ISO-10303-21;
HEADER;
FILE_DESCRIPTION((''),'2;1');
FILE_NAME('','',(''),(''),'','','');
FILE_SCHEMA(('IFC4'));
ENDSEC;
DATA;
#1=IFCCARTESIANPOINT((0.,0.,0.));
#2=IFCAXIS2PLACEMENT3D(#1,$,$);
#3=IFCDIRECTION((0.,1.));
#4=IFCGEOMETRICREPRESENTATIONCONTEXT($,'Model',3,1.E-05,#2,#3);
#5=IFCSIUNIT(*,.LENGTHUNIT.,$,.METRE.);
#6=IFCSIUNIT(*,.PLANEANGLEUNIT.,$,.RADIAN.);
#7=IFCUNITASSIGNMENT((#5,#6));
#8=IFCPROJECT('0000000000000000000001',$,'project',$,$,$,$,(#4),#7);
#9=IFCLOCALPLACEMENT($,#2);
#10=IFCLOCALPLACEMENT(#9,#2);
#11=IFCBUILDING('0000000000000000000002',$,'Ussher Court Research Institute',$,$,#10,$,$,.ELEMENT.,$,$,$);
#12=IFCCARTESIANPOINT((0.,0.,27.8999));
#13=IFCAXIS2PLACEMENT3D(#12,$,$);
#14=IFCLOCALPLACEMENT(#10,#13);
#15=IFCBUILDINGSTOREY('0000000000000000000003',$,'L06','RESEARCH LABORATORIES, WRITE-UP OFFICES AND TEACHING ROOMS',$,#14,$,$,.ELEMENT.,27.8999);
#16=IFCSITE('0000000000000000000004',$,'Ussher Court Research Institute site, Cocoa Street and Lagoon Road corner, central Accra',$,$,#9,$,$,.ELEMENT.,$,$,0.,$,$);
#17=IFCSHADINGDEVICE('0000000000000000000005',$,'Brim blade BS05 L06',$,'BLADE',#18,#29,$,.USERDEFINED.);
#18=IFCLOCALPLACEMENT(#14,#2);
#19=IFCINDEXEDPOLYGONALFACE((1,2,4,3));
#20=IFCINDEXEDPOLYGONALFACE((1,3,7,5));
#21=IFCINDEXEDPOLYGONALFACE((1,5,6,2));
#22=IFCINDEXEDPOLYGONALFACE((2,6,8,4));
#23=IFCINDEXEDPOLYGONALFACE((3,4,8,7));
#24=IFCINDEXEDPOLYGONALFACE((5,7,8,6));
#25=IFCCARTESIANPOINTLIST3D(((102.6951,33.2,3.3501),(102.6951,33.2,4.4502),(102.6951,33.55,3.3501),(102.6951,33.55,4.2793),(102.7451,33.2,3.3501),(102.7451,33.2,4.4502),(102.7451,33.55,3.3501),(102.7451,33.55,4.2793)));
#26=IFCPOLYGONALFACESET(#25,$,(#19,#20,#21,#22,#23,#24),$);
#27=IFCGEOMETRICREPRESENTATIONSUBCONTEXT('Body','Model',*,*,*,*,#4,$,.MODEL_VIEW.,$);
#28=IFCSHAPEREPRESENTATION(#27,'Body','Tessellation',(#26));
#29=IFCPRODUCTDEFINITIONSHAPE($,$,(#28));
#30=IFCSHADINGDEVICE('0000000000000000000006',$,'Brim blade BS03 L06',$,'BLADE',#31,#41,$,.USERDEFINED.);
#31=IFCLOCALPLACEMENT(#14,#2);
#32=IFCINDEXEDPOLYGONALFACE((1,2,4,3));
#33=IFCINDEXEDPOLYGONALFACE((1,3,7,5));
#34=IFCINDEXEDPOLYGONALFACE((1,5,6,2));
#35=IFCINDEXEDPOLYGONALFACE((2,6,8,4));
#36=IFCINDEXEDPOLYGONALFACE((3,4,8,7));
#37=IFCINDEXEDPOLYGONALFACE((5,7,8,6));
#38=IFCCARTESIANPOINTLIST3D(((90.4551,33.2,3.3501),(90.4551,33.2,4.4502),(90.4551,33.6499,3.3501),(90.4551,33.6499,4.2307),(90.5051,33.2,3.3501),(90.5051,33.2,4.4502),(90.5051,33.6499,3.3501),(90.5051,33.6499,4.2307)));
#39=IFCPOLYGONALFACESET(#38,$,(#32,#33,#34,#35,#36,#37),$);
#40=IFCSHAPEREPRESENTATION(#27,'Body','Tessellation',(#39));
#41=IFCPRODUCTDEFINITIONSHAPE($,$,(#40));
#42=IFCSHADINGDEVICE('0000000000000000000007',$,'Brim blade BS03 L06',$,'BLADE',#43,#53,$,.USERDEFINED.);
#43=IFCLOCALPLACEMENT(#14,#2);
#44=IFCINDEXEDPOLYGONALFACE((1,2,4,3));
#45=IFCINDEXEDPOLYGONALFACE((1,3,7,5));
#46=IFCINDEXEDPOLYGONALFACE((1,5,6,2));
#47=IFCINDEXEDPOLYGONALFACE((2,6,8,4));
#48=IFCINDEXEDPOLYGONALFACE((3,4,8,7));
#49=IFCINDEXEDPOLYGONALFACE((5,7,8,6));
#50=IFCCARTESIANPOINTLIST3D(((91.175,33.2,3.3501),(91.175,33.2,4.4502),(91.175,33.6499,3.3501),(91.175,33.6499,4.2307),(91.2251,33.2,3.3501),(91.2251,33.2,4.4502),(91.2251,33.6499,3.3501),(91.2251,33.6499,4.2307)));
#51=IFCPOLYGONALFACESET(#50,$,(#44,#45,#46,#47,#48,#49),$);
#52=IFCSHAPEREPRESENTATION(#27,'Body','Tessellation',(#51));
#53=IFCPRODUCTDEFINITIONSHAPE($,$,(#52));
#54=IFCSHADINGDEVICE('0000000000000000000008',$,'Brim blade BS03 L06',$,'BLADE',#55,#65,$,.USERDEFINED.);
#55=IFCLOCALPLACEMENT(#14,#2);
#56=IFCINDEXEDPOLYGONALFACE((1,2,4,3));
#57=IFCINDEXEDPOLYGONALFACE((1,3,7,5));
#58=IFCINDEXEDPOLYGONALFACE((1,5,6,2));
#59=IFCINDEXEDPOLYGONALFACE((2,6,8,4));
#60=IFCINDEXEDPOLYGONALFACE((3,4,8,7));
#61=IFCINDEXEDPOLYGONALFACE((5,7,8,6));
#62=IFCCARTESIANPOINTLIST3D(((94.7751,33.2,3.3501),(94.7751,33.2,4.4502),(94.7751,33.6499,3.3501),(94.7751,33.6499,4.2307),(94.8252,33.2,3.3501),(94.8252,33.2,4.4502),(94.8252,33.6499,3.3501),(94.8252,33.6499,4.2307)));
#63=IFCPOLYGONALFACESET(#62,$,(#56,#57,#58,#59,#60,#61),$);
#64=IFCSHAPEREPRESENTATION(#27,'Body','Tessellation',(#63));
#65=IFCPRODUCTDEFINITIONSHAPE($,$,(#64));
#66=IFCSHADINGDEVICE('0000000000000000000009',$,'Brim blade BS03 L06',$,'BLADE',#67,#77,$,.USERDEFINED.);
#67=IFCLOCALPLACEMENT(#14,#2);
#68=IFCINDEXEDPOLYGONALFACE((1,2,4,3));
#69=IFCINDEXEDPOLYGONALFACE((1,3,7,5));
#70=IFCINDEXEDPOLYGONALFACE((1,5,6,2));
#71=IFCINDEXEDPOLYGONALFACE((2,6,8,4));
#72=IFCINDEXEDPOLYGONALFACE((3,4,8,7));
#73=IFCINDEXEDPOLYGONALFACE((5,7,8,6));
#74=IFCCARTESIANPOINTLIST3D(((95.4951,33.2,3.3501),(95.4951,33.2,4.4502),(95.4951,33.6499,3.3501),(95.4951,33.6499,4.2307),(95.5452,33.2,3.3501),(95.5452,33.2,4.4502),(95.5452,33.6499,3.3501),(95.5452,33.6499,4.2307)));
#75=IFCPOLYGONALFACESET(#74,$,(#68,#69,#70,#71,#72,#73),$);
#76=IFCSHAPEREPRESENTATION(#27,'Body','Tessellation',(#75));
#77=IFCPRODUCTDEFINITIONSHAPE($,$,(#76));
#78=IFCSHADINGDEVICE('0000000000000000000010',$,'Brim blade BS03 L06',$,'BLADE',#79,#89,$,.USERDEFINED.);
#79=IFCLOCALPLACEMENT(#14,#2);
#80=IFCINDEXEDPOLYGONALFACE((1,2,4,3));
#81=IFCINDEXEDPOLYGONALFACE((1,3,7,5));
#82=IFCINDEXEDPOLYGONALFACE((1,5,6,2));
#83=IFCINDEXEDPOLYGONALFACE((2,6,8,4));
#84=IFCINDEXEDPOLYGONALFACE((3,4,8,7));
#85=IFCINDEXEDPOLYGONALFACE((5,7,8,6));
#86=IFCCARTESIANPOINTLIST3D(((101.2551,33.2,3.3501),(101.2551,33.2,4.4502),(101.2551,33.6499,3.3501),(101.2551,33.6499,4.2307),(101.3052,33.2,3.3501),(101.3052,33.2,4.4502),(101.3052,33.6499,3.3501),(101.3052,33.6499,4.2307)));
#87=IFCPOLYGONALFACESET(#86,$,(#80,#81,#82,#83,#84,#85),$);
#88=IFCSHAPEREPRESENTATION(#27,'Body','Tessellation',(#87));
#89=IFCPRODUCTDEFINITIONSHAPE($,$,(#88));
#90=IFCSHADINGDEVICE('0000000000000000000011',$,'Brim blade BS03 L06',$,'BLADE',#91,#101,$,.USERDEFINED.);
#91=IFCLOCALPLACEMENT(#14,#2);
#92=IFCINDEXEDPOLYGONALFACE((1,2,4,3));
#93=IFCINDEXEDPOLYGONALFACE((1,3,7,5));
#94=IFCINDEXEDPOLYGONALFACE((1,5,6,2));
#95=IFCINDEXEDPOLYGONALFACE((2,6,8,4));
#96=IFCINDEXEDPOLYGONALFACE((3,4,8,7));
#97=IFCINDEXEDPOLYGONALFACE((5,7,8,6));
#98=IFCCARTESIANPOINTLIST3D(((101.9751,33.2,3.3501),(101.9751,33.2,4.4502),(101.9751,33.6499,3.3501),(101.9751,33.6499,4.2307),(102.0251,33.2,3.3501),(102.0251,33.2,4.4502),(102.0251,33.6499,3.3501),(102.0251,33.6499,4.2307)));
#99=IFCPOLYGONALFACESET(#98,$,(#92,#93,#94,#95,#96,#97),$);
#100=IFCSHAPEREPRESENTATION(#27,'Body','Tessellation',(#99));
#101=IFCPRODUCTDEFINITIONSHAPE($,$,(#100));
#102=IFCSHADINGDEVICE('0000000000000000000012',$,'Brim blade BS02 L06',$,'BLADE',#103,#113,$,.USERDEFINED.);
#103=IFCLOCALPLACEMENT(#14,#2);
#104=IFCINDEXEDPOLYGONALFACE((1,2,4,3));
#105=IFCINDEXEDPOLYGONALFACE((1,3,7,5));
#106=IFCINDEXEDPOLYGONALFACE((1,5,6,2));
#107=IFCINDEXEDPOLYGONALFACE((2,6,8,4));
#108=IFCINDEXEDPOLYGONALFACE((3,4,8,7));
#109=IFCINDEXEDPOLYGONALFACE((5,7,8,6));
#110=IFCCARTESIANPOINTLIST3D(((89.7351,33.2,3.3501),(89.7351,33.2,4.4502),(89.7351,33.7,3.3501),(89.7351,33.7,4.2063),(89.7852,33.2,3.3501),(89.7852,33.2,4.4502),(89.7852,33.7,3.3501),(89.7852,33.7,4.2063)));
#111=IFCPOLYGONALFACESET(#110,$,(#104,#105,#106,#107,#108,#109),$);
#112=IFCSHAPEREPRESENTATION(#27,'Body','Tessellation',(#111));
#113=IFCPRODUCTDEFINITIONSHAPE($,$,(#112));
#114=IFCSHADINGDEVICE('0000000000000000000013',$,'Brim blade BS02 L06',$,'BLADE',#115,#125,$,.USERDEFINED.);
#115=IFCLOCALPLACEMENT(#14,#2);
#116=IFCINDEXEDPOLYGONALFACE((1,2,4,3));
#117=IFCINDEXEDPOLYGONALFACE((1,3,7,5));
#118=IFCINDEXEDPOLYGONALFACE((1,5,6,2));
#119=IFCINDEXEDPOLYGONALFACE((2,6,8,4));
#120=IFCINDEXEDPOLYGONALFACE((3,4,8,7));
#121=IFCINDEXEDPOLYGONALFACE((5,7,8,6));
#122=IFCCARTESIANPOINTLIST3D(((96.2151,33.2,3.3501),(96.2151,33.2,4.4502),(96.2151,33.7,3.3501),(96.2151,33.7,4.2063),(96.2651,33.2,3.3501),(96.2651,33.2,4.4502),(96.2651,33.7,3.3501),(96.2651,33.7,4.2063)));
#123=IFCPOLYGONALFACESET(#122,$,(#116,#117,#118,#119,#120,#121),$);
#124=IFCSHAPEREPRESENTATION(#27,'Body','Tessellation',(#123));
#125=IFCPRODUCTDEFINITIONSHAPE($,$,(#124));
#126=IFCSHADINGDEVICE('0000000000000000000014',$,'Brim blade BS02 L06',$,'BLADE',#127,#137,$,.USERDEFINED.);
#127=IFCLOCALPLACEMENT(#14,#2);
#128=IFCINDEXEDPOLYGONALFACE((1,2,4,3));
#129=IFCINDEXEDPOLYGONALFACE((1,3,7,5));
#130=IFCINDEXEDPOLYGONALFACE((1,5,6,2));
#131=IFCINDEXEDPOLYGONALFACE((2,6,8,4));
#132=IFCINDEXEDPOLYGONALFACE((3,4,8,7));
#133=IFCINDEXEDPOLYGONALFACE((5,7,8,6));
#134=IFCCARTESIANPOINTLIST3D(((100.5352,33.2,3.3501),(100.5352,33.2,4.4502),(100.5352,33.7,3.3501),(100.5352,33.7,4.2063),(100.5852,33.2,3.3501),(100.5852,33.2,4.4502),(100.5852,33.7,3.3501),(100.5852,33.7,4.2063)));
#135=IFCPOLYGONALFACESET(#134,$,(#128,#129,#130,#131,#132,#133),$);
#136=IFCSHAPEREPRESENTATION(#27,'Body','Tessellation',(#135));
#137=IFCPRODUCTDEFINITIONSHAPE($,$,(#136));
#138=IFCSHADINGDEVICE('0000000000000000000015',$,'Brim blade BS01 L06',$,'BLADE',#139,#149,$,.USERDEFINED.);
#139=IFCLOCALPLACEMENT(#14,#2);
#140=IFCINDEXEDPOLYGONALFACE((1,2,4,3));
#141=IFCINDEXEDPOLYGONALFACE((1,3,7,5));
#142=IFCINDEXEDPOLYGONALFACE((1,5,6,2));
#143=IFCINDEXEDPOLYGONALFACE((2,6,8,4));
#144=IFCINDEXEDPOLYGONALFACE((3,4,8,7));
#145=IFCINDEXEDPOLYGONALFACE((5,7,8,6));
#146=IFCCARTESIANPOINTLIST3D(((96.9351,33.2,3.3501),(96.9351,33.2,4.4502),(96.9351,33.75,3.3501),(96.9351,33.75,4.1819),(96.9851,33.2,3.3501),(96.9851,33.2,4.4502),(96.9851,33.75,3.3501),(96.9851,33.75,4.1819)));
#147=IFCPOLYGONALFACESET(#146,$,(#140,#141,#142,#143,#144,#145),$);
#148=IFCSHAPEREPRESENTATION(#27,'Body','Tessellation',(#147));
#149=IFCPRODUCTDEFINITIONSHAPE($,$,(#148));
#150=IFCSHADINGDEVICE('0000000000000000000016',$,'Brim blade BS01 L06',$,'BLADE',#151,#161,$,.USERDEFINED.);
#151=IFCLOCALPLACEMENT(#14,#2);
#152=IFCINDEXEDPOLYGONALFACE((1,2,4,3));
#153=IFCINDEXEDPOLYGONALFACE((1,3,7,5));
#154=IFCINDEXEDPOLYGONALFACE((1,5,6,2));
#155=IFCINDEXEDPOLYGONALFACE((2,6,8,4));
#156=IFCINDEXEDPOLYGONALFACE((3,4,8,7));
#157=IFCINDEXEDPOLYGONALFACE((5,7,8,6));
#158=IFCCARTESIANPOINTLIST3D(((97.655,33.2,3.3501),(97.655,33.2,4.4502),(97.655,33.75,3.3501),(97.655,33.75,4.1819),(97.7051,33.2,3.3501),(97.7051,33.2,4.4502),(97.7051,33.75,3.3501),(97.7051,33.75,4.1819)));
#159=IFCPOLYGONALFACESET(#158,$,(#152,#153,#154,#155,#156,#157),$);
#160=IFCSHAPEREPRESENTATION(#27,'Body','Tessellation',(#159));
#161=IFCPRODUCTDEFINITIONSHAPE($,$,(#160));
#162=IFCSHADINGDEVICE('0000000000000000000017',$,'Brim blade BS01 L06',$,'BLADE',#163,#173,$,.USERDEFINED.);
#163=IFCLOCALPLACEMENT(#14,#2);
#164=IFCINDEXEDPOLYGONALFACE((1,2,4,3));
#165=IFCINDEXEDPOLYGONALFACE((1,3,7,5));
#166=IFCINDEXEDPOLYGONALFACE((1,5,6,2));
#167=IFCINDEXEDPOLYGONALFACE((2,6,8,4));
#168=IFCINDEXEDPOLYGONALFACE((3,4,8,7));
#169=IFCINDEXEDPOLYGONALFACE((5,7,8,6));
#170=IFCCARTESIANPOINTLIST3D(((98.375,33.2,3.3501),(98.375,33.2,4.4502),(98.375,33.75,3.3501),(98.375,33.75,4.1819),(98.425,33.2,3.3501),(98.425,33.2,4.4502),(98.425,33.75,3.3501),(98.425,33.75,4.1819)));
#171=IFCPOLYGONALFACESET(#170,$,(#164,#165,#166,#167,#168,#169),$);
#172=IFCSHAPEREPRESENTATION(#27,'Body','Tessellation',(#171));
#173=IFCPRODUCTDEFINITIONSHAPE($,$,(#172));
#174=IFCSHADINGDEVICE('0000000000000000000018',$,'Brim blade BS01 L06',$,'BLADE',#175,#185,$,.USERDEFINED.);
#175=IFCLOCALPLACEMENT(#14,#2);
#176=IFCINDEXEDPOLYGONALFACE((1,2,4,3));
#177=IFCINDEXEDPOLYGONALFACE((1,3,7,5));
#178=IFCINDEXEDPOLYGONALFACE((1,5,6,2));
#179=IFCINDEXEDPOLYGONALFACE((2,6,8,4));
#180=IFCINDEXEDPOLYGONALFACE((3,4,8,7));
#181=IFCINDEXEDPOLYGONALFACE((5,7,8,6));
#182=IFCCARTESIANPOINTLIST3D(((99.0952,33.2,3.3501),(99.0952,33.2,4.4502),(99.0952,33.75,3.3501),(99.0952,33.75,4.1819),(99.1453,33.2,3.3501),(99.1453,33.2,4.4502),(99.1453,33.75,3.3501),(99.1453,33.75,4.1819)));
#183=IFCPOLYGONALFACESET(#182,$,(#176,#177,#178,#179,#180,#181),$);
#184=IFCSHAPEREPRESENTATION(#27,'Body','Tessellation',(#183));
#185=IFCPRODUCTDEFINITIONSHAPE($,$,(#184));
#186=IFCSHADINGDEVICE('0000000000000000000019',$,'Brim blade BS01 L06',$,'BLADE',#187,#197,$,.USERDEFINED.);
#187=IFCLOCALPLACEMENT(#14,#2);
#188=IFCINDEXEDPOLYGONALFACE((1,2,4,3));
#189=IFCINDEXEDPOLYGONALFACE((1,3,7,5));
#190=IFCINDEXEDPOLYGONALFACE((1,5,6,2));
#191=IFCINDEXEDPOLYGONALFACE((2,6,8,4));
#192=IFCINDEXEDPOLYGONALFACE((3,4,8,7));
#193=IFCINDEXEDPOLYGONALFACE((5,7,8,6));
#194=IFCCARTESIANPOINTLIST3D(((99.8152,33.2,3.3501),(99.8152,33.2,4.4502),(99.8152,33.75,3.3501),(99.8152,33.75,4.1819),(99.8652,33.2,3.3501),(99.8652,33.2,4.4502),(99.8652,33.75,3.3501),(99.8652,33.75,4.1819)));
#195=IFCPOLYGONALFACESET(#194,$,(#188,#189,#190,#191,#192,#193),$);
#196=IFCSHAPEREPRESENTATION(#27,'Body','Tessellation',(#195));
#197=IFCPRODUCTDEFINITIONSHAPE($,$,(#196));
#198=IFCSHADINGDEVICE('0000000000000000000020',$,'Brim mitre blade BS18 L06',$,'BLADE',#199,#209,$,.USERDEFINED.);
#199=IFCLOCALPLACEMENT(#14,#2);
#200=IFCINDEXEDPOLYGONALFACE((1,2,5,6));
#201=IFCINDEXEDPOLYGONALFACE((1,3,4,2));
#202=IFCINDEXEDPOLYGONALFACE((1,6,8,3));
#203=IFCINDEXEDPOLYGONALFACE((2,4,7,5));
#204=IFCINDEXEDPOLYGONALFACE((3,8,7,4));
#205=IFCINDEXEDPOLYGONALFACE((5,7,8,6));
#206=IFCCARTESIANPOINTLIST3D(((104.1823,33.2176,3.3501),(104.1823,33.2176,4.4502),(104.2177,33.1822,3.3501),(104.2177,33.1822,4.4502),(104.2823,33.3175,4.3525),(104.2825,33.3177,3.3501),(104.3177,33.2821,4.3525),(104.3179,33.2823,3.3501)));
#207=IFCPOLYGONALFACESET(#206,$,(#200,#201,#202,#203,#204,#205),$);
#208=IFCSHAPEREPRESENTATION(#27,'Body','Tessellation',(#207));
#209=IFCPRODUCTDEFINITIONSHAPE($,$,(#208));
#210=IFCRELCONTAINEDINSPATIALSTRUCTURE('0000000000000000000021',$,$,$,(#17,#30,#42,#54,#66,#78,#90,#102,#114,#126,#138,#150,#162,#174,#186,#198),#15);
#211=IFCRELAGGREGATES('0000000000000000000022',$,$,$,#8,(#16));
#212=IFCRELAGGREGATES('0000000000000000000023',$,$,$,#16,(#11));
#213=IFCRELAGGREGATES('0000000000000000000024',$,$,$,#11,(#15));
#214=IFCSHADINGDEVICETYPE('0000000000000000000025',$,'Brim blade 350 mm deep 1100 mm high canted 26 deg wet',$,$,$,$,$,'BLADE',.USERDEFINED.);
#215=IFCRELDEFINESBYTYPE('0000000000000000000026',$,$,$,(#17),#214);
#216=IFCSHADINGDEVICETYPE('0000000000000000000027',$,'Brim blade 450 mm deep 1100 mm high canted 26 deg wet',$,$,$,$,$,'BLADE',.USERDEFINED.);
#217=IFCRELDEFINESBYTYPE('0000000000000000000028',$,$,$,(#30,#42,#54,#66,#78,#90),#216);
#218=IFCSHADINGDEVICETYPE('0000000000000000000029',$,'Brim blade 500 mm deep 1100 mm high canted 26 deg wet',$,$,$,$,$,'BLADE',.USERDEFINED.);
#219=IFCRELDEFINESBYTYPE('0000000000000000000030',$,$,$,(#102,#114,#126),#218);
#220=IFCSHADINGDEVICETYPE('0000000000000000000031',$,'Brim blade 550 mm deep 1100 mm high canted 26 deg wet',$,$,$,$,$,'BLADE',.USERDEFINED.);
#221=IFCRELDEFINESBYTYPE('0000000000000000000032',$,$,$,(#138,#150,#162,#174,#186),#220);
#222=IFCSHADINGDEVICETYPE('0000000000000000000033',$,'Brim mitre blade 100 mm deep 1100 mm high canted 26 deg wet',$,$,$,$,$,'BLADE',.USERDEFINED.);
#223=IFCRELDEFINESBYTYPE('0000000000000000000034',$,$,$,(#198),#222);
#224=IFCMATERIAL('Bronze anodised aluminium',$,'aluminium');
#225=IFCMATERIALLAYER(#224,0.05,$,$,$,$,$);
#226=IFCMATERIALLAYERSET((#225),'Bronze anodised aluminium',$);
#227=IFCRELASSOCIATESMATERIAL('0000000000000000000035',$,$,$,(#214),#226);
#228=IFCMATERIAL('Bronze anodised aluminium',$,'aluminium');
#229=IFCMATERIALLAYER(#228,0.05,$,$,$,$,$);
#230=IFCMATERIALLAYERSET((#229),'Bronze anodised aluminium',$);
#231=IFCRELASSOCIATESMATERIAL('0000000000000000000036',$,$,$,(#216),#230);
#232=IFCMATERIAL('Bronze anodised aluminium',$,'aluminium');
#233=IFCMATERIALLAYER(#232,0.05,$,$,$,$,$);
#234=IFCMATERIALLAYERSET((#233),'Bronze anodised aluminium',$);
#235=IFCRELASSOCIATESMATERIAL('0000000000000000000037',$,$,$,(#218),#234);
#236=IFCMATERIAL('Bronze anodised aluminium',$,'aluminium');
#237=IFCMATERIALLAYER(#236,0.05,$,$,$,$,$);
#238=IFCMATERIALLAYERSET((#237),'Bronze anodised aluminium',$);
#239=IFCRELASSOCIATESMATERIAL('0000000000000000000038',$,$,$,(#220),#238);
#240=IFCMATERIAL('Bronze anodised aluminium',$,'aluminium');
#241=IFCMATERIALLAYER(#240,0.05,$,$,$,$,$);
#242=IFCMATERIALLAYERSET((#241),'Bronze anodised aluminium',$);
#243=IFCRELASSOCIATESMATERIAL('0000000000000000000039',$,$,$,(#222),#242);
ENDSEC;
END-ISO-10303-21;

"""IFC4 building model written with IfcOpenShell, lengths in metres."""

from ifc_helpers import new_model, si_unit, direction, frame, origin, place, context, subcontext, project, spatial, polyline, outline, extrude, material, layer, layer_set, type_object, element, save


model = new_model("IFC4")

# Units and contexts
model_context = context("Model", 3, precision=1e-05, world=origin(), true_north=direction((0.0, 1.0)))
body_context = subcontext(model_context, "Body", "Model", "MODEL_VIEW")
ifc_project = project(units=[si_unit("LENGTHUNIT", "METRE"), si_unit("PLANEANGLEUNIT", "RADIAN")], contexts=[model_context])

# Site, building, storey
site_placement = place(None, origin())
site = spatial("IfcSite", under=ifc_project, at=site_placement, Name="Ussher Court Research Institute site, Cocoa Street and Lagoon Road corner, central Accra", CompositionType="ELEMENT", RefElevation=0.0)
building_placement = place(site_placement, origin())
building = spatial("IfcBuilding", under=site, at=building_placement, Name="Ussher Court Research Institute", CompositionType="ELEMENT")
storey_placement = place(building_placement, frame((0.0, 0.0, 27.8999)))
storey = spatial("IfcBuildingStorey", under=building, at=storey_placement, Name="L06", Description="RESEARCH LABORATORIES, WRITE-UP OFFICES AND TEACHING ROOMS", CompositionType="ELEMENT", Elevation=27.8999)

# Shading devices
ifc_material_1 = material(Name="Bronze anodised aluminium", Category="aluminium")
ifc_layer_1 = layer(ifc_material_1, 0.05)
ifc_layer_set_1 = layer_set([ifc_layer_1], Name="Bronze anodised aluminium")
shading_device_type_1 = type_object("IfcShadingDeviceType", Name="Brim blade 350 mm deep 1100 mm high canted 26 deg wet", ElementType="BLADE", PredefinedType="USERDEFINED", material=ifc_layer_set_1)
for number, where, z_axis, x_axis, name in (
    (1, (102.72, 33.2, 3.3501), (0.0, 0.0, 1.0), (0.0, 1.0, 0.0), "Brim blade BS05 L06"),
):
    element("IfcShadingDevice", number, at=place(storey_placement, frame(where, z_axis=z_axis, x_axis=x_axis)), inside=storey, type_object=shading_device_type_1, Name=name, ObjectType="BLADE", PredefinedType="USERDEFINED", context=body_context, shape_type="SweptSolid", body=[
        extrude(outline(polyline([(0.0, 0.0), (0.3501, 0.0), (0.3501, 0.9292), (0.0, 1.1001), (0.0, 0.0)])), frame((0.0, 0.0249, 0.0), z_axis=(0.0, -1.0, 0.0), x_axis=(1.0, 0.0, 0.0)), (0.0, 0.0, 1.0), 0.05),
    ])
ifc_material_2 = material(Name="Bronze anodised aluminium", Category="aluminium")
ifc_layer_2 = layer(ifc_material_2, 0.05)
ifc_layer_set_2 = layer_set([ifc_layer_2], Name="Bronze anodised aluminium")
shading_device_type_2 = type_object("IfcShadingDeviceType", Name="Brim blade 450 mm deep 1100 mm high canted 26 deg wet", ElementType="BLADE", PredefinedType="USERDEFINED", material=ifc_layer_set_2)
for number, where, z_axis, x_axis, name in (
    (2, (90.48, 33.2, 3.3501), (0.0, 0.0, 1.0), (0.0, 1.0, 0.0), "Brim blade BS03 L06"),
    (3, (91.2, 33.2, 3.3501), (0.0, 0.0, 1.0), (0.0, 1.0, 0.0), "Brim blade BS03 L06"),
    (4, (94.8, 33.2, 3.3501), (0.0, 0.0, 1.0), (0.0, 1.0, 0.0), "Brim blade BS03 L06"),
    (5, (95.52, 33.2, 3.3501), (0.0, 0.0, 1.0), (0.0, 1.0, 0.0), "Brim blade BS03 L06"),
    (6, (101.28, 33.2, 3.3501), (0.0, 0.0, 1.0), (0.0, 1.0, 0.0), "Brim blade BS03 L06"),
    (7, (102.0, 33.2, 3.3501), (0.0, 0.0, 1.0), (0.0, 1.0, 0.0), "Brim blade BS03 L06"),
):
    element("IfcShadingDevice", number, at=place(storey_placement, frame(where, z_axis=z_axis, x_axis=x_axis)), inside=storey, type_object=shading_device_type_2, Name=name, ObjectType="BLADE", PredefinedType="USERDEFINED", context=body_context, shape_type="SweptSolid", body=[
        extrude(outline(polyline([(0.0, 0.0), (0.45, 0.0), (0.45, 0.8806), (0.0, 1.1001), (0.0, 0.0)])), frame((0.0, 0.0249, 0.0), z_axis=(0.0, -1.0, 0.0), x_axis=(1.0, 0.0, 0.0)), (0.0, 0.0, 1.0), 0.05),
    ])
ifc_material_3 = material(Name="Bronze anodised aluminium", Category="aluminium")
ifc_layer_3 = layer(ifc_material_3, 0.05)
ifc_layer_set_3 = layer_set([ifc_layer_3], Name="Bronze anodised aluminium")
shading_device_type_3 = type_object("IfcShadingDeviceType", Name="Brim blade 500 mm deep 1100 mm high canted 26 deg wet", ElementType="BLADE", PredefinedType="USERDEFINED", material=ifc_layer_set_3)
for number, where, z_axis, x_axis, name in (
    (8, (89.76, 33.2, 3.3501), (0.0, 0.0, 1.0), (0.0, 1.0, 0.0), "Brim blade BS02 L06"),
    (9, (96.24, 33.2, 3.3501), (0.0, 0.0, 1.0), (0.0, 1.0, 0.0), "Brim blade BS02 L06"),
    (10, (100.5601, 33.2, 3.3501), (0.0, 0.0, 1.0), (0.0, 1.0, 0.0), "Brim blade BS02 L06"),
):
    element("IfcShadingDevice", number, at=place(storey_placement, frame(where, z_axis=z_axis, x_axis=x_axis)), inside=storey, type_object=shading_device_type_3, Name=name, ObjectType="BLADE", PredefinedType="USERDEFINED", context=body_context, shape_type="SweptSolid", body=[
        extrude(outline(polyline([(0.0, 0.0), (0.5, 0.0), (0.5, 0.8562), (0.0, 1.1001), (0.0, 0.0)])), frame((0.0, 0.0249, 0.0), z_axis=(0.0, -1.0, 0.0), x_axis=(1.0, 0.0, 0.0)), (0.0, 0.0, 1.0), 0.05),
    ])
ifc_material_4 = material(Name="Bronze anodised aluminium", Category="aluminium")
ifc_layer_4 = layer(ifc_material_4, 0.05)
ifc_layer_set_4 = layer_set([ifc_layer_4], Name="Bronze anodised aluminium")
shading_device_type_4 = type_object("IfcShadingDeviceType", Name="Brim blade 550 mm deep 1100 mm high canted 26 deg wet", ElementType="BLADE", PredefinedType="USERDEFINED", material=ifc_layer_set_4)
for number, where, z_axis, x_axis, name in (
    (11, (96.96, 33.2, 3.3501), (0.0, 0.0, 1.0), (0.0, 1.0, 0.0), "Brim blade BS01 L06"),
    (12, (97.6799, 33.2, 3.3501), (0.0, 0.0, 1.0), (0.0, 1.0, 0.0), "Brim blade BS01 L06"),
    (13, (98.3999, 33.2, 3.3501), (0.0, 0.0, 1.0), (0.0, 1.0, 0.0), "Brim blade BS01 L06"),
    (14, (99.1201, 33.2, 3.3501), (0.0, 0.0, 1.0), (0.0, 1.0, 0.0), "Brim blade BS01 L06"),
    (15, (99.8401, 33.2, 3.3501), (0.0, 0.0, 1.0), (0.0, 1.0, 0.0), "Brim blade BS01 L06"),
):
    element("IfcShadingDevice", number, at=place(storey_placement, frame(where, z_axis=z_axis, x_axis=x_axis)), inside=storey, type_object=shading_device_type_4, Name=name, ObjectType="BLADE", PredefinedType="USERDEFINED", context=body_context, shape_type="SweptSolid", body=[
        extrude(outline(polyline([(0.0, 0.0), (0.55, 0.0), (0.55, 0.8318), (0.0, 1.1001), (0.0, 0.0)])), frame((0.0, 0.0249, 0.0), z_axis=(0.0, -1.0, 0.0), x_axis=(1.0, 0.0, 0.0)), (0.0, 0.0, 1.0), 0.05),
    ])
ifc_material_5 = material(Name="Bronze anodised aluminium", Category="aluminium")
ifc_layer_5 = layer(ifc_material_5, 0.05)
ifc_layer_set_5 = layer_set([ifc_layer_5], Name="Bronze anodised aluminium")
shading_device_type_5 = type_object("IfcShadingDeviceType", Name="Brim mitre blade 100 mm deep 1100 mm high canted 26 deg wet", ElementType="BLADE", PredefinedType="USERDEFINED", material=ifc_layer_set_5)
shading_device_1_placement = place(storey_placement, frame((104.2, 33.2, 3.3501), z_axis=(0.0, 0.0, 1.0), x_axis=(0.707107, 0.707107, 0.0)))
element("IfcShadingDevice", 16, at=shading_device_1_placement, inside=storey, type_object=shading_device_type_5, Name="Brim mitre blade BS18 L06", ObjectType="BLADE", PredefinedType="USERDEFINED", context=body_context, shape_type="SweptSolid", body=[
    extrude(outline(polyline([(0.0, 0.0), (0.1416, 0.0), (0.1414, 1.0024), (0.0, 1.1001), (0.0, 0.0)])), frame((0.0, 0.0249, 0.0), z_axis=(0.0, -1.0, 0.0), x_axis=(1.0, 0.0, 0.0)), (0.0, 0.0, 1.0), 0.05),
])

save(model, "model.ifc")
